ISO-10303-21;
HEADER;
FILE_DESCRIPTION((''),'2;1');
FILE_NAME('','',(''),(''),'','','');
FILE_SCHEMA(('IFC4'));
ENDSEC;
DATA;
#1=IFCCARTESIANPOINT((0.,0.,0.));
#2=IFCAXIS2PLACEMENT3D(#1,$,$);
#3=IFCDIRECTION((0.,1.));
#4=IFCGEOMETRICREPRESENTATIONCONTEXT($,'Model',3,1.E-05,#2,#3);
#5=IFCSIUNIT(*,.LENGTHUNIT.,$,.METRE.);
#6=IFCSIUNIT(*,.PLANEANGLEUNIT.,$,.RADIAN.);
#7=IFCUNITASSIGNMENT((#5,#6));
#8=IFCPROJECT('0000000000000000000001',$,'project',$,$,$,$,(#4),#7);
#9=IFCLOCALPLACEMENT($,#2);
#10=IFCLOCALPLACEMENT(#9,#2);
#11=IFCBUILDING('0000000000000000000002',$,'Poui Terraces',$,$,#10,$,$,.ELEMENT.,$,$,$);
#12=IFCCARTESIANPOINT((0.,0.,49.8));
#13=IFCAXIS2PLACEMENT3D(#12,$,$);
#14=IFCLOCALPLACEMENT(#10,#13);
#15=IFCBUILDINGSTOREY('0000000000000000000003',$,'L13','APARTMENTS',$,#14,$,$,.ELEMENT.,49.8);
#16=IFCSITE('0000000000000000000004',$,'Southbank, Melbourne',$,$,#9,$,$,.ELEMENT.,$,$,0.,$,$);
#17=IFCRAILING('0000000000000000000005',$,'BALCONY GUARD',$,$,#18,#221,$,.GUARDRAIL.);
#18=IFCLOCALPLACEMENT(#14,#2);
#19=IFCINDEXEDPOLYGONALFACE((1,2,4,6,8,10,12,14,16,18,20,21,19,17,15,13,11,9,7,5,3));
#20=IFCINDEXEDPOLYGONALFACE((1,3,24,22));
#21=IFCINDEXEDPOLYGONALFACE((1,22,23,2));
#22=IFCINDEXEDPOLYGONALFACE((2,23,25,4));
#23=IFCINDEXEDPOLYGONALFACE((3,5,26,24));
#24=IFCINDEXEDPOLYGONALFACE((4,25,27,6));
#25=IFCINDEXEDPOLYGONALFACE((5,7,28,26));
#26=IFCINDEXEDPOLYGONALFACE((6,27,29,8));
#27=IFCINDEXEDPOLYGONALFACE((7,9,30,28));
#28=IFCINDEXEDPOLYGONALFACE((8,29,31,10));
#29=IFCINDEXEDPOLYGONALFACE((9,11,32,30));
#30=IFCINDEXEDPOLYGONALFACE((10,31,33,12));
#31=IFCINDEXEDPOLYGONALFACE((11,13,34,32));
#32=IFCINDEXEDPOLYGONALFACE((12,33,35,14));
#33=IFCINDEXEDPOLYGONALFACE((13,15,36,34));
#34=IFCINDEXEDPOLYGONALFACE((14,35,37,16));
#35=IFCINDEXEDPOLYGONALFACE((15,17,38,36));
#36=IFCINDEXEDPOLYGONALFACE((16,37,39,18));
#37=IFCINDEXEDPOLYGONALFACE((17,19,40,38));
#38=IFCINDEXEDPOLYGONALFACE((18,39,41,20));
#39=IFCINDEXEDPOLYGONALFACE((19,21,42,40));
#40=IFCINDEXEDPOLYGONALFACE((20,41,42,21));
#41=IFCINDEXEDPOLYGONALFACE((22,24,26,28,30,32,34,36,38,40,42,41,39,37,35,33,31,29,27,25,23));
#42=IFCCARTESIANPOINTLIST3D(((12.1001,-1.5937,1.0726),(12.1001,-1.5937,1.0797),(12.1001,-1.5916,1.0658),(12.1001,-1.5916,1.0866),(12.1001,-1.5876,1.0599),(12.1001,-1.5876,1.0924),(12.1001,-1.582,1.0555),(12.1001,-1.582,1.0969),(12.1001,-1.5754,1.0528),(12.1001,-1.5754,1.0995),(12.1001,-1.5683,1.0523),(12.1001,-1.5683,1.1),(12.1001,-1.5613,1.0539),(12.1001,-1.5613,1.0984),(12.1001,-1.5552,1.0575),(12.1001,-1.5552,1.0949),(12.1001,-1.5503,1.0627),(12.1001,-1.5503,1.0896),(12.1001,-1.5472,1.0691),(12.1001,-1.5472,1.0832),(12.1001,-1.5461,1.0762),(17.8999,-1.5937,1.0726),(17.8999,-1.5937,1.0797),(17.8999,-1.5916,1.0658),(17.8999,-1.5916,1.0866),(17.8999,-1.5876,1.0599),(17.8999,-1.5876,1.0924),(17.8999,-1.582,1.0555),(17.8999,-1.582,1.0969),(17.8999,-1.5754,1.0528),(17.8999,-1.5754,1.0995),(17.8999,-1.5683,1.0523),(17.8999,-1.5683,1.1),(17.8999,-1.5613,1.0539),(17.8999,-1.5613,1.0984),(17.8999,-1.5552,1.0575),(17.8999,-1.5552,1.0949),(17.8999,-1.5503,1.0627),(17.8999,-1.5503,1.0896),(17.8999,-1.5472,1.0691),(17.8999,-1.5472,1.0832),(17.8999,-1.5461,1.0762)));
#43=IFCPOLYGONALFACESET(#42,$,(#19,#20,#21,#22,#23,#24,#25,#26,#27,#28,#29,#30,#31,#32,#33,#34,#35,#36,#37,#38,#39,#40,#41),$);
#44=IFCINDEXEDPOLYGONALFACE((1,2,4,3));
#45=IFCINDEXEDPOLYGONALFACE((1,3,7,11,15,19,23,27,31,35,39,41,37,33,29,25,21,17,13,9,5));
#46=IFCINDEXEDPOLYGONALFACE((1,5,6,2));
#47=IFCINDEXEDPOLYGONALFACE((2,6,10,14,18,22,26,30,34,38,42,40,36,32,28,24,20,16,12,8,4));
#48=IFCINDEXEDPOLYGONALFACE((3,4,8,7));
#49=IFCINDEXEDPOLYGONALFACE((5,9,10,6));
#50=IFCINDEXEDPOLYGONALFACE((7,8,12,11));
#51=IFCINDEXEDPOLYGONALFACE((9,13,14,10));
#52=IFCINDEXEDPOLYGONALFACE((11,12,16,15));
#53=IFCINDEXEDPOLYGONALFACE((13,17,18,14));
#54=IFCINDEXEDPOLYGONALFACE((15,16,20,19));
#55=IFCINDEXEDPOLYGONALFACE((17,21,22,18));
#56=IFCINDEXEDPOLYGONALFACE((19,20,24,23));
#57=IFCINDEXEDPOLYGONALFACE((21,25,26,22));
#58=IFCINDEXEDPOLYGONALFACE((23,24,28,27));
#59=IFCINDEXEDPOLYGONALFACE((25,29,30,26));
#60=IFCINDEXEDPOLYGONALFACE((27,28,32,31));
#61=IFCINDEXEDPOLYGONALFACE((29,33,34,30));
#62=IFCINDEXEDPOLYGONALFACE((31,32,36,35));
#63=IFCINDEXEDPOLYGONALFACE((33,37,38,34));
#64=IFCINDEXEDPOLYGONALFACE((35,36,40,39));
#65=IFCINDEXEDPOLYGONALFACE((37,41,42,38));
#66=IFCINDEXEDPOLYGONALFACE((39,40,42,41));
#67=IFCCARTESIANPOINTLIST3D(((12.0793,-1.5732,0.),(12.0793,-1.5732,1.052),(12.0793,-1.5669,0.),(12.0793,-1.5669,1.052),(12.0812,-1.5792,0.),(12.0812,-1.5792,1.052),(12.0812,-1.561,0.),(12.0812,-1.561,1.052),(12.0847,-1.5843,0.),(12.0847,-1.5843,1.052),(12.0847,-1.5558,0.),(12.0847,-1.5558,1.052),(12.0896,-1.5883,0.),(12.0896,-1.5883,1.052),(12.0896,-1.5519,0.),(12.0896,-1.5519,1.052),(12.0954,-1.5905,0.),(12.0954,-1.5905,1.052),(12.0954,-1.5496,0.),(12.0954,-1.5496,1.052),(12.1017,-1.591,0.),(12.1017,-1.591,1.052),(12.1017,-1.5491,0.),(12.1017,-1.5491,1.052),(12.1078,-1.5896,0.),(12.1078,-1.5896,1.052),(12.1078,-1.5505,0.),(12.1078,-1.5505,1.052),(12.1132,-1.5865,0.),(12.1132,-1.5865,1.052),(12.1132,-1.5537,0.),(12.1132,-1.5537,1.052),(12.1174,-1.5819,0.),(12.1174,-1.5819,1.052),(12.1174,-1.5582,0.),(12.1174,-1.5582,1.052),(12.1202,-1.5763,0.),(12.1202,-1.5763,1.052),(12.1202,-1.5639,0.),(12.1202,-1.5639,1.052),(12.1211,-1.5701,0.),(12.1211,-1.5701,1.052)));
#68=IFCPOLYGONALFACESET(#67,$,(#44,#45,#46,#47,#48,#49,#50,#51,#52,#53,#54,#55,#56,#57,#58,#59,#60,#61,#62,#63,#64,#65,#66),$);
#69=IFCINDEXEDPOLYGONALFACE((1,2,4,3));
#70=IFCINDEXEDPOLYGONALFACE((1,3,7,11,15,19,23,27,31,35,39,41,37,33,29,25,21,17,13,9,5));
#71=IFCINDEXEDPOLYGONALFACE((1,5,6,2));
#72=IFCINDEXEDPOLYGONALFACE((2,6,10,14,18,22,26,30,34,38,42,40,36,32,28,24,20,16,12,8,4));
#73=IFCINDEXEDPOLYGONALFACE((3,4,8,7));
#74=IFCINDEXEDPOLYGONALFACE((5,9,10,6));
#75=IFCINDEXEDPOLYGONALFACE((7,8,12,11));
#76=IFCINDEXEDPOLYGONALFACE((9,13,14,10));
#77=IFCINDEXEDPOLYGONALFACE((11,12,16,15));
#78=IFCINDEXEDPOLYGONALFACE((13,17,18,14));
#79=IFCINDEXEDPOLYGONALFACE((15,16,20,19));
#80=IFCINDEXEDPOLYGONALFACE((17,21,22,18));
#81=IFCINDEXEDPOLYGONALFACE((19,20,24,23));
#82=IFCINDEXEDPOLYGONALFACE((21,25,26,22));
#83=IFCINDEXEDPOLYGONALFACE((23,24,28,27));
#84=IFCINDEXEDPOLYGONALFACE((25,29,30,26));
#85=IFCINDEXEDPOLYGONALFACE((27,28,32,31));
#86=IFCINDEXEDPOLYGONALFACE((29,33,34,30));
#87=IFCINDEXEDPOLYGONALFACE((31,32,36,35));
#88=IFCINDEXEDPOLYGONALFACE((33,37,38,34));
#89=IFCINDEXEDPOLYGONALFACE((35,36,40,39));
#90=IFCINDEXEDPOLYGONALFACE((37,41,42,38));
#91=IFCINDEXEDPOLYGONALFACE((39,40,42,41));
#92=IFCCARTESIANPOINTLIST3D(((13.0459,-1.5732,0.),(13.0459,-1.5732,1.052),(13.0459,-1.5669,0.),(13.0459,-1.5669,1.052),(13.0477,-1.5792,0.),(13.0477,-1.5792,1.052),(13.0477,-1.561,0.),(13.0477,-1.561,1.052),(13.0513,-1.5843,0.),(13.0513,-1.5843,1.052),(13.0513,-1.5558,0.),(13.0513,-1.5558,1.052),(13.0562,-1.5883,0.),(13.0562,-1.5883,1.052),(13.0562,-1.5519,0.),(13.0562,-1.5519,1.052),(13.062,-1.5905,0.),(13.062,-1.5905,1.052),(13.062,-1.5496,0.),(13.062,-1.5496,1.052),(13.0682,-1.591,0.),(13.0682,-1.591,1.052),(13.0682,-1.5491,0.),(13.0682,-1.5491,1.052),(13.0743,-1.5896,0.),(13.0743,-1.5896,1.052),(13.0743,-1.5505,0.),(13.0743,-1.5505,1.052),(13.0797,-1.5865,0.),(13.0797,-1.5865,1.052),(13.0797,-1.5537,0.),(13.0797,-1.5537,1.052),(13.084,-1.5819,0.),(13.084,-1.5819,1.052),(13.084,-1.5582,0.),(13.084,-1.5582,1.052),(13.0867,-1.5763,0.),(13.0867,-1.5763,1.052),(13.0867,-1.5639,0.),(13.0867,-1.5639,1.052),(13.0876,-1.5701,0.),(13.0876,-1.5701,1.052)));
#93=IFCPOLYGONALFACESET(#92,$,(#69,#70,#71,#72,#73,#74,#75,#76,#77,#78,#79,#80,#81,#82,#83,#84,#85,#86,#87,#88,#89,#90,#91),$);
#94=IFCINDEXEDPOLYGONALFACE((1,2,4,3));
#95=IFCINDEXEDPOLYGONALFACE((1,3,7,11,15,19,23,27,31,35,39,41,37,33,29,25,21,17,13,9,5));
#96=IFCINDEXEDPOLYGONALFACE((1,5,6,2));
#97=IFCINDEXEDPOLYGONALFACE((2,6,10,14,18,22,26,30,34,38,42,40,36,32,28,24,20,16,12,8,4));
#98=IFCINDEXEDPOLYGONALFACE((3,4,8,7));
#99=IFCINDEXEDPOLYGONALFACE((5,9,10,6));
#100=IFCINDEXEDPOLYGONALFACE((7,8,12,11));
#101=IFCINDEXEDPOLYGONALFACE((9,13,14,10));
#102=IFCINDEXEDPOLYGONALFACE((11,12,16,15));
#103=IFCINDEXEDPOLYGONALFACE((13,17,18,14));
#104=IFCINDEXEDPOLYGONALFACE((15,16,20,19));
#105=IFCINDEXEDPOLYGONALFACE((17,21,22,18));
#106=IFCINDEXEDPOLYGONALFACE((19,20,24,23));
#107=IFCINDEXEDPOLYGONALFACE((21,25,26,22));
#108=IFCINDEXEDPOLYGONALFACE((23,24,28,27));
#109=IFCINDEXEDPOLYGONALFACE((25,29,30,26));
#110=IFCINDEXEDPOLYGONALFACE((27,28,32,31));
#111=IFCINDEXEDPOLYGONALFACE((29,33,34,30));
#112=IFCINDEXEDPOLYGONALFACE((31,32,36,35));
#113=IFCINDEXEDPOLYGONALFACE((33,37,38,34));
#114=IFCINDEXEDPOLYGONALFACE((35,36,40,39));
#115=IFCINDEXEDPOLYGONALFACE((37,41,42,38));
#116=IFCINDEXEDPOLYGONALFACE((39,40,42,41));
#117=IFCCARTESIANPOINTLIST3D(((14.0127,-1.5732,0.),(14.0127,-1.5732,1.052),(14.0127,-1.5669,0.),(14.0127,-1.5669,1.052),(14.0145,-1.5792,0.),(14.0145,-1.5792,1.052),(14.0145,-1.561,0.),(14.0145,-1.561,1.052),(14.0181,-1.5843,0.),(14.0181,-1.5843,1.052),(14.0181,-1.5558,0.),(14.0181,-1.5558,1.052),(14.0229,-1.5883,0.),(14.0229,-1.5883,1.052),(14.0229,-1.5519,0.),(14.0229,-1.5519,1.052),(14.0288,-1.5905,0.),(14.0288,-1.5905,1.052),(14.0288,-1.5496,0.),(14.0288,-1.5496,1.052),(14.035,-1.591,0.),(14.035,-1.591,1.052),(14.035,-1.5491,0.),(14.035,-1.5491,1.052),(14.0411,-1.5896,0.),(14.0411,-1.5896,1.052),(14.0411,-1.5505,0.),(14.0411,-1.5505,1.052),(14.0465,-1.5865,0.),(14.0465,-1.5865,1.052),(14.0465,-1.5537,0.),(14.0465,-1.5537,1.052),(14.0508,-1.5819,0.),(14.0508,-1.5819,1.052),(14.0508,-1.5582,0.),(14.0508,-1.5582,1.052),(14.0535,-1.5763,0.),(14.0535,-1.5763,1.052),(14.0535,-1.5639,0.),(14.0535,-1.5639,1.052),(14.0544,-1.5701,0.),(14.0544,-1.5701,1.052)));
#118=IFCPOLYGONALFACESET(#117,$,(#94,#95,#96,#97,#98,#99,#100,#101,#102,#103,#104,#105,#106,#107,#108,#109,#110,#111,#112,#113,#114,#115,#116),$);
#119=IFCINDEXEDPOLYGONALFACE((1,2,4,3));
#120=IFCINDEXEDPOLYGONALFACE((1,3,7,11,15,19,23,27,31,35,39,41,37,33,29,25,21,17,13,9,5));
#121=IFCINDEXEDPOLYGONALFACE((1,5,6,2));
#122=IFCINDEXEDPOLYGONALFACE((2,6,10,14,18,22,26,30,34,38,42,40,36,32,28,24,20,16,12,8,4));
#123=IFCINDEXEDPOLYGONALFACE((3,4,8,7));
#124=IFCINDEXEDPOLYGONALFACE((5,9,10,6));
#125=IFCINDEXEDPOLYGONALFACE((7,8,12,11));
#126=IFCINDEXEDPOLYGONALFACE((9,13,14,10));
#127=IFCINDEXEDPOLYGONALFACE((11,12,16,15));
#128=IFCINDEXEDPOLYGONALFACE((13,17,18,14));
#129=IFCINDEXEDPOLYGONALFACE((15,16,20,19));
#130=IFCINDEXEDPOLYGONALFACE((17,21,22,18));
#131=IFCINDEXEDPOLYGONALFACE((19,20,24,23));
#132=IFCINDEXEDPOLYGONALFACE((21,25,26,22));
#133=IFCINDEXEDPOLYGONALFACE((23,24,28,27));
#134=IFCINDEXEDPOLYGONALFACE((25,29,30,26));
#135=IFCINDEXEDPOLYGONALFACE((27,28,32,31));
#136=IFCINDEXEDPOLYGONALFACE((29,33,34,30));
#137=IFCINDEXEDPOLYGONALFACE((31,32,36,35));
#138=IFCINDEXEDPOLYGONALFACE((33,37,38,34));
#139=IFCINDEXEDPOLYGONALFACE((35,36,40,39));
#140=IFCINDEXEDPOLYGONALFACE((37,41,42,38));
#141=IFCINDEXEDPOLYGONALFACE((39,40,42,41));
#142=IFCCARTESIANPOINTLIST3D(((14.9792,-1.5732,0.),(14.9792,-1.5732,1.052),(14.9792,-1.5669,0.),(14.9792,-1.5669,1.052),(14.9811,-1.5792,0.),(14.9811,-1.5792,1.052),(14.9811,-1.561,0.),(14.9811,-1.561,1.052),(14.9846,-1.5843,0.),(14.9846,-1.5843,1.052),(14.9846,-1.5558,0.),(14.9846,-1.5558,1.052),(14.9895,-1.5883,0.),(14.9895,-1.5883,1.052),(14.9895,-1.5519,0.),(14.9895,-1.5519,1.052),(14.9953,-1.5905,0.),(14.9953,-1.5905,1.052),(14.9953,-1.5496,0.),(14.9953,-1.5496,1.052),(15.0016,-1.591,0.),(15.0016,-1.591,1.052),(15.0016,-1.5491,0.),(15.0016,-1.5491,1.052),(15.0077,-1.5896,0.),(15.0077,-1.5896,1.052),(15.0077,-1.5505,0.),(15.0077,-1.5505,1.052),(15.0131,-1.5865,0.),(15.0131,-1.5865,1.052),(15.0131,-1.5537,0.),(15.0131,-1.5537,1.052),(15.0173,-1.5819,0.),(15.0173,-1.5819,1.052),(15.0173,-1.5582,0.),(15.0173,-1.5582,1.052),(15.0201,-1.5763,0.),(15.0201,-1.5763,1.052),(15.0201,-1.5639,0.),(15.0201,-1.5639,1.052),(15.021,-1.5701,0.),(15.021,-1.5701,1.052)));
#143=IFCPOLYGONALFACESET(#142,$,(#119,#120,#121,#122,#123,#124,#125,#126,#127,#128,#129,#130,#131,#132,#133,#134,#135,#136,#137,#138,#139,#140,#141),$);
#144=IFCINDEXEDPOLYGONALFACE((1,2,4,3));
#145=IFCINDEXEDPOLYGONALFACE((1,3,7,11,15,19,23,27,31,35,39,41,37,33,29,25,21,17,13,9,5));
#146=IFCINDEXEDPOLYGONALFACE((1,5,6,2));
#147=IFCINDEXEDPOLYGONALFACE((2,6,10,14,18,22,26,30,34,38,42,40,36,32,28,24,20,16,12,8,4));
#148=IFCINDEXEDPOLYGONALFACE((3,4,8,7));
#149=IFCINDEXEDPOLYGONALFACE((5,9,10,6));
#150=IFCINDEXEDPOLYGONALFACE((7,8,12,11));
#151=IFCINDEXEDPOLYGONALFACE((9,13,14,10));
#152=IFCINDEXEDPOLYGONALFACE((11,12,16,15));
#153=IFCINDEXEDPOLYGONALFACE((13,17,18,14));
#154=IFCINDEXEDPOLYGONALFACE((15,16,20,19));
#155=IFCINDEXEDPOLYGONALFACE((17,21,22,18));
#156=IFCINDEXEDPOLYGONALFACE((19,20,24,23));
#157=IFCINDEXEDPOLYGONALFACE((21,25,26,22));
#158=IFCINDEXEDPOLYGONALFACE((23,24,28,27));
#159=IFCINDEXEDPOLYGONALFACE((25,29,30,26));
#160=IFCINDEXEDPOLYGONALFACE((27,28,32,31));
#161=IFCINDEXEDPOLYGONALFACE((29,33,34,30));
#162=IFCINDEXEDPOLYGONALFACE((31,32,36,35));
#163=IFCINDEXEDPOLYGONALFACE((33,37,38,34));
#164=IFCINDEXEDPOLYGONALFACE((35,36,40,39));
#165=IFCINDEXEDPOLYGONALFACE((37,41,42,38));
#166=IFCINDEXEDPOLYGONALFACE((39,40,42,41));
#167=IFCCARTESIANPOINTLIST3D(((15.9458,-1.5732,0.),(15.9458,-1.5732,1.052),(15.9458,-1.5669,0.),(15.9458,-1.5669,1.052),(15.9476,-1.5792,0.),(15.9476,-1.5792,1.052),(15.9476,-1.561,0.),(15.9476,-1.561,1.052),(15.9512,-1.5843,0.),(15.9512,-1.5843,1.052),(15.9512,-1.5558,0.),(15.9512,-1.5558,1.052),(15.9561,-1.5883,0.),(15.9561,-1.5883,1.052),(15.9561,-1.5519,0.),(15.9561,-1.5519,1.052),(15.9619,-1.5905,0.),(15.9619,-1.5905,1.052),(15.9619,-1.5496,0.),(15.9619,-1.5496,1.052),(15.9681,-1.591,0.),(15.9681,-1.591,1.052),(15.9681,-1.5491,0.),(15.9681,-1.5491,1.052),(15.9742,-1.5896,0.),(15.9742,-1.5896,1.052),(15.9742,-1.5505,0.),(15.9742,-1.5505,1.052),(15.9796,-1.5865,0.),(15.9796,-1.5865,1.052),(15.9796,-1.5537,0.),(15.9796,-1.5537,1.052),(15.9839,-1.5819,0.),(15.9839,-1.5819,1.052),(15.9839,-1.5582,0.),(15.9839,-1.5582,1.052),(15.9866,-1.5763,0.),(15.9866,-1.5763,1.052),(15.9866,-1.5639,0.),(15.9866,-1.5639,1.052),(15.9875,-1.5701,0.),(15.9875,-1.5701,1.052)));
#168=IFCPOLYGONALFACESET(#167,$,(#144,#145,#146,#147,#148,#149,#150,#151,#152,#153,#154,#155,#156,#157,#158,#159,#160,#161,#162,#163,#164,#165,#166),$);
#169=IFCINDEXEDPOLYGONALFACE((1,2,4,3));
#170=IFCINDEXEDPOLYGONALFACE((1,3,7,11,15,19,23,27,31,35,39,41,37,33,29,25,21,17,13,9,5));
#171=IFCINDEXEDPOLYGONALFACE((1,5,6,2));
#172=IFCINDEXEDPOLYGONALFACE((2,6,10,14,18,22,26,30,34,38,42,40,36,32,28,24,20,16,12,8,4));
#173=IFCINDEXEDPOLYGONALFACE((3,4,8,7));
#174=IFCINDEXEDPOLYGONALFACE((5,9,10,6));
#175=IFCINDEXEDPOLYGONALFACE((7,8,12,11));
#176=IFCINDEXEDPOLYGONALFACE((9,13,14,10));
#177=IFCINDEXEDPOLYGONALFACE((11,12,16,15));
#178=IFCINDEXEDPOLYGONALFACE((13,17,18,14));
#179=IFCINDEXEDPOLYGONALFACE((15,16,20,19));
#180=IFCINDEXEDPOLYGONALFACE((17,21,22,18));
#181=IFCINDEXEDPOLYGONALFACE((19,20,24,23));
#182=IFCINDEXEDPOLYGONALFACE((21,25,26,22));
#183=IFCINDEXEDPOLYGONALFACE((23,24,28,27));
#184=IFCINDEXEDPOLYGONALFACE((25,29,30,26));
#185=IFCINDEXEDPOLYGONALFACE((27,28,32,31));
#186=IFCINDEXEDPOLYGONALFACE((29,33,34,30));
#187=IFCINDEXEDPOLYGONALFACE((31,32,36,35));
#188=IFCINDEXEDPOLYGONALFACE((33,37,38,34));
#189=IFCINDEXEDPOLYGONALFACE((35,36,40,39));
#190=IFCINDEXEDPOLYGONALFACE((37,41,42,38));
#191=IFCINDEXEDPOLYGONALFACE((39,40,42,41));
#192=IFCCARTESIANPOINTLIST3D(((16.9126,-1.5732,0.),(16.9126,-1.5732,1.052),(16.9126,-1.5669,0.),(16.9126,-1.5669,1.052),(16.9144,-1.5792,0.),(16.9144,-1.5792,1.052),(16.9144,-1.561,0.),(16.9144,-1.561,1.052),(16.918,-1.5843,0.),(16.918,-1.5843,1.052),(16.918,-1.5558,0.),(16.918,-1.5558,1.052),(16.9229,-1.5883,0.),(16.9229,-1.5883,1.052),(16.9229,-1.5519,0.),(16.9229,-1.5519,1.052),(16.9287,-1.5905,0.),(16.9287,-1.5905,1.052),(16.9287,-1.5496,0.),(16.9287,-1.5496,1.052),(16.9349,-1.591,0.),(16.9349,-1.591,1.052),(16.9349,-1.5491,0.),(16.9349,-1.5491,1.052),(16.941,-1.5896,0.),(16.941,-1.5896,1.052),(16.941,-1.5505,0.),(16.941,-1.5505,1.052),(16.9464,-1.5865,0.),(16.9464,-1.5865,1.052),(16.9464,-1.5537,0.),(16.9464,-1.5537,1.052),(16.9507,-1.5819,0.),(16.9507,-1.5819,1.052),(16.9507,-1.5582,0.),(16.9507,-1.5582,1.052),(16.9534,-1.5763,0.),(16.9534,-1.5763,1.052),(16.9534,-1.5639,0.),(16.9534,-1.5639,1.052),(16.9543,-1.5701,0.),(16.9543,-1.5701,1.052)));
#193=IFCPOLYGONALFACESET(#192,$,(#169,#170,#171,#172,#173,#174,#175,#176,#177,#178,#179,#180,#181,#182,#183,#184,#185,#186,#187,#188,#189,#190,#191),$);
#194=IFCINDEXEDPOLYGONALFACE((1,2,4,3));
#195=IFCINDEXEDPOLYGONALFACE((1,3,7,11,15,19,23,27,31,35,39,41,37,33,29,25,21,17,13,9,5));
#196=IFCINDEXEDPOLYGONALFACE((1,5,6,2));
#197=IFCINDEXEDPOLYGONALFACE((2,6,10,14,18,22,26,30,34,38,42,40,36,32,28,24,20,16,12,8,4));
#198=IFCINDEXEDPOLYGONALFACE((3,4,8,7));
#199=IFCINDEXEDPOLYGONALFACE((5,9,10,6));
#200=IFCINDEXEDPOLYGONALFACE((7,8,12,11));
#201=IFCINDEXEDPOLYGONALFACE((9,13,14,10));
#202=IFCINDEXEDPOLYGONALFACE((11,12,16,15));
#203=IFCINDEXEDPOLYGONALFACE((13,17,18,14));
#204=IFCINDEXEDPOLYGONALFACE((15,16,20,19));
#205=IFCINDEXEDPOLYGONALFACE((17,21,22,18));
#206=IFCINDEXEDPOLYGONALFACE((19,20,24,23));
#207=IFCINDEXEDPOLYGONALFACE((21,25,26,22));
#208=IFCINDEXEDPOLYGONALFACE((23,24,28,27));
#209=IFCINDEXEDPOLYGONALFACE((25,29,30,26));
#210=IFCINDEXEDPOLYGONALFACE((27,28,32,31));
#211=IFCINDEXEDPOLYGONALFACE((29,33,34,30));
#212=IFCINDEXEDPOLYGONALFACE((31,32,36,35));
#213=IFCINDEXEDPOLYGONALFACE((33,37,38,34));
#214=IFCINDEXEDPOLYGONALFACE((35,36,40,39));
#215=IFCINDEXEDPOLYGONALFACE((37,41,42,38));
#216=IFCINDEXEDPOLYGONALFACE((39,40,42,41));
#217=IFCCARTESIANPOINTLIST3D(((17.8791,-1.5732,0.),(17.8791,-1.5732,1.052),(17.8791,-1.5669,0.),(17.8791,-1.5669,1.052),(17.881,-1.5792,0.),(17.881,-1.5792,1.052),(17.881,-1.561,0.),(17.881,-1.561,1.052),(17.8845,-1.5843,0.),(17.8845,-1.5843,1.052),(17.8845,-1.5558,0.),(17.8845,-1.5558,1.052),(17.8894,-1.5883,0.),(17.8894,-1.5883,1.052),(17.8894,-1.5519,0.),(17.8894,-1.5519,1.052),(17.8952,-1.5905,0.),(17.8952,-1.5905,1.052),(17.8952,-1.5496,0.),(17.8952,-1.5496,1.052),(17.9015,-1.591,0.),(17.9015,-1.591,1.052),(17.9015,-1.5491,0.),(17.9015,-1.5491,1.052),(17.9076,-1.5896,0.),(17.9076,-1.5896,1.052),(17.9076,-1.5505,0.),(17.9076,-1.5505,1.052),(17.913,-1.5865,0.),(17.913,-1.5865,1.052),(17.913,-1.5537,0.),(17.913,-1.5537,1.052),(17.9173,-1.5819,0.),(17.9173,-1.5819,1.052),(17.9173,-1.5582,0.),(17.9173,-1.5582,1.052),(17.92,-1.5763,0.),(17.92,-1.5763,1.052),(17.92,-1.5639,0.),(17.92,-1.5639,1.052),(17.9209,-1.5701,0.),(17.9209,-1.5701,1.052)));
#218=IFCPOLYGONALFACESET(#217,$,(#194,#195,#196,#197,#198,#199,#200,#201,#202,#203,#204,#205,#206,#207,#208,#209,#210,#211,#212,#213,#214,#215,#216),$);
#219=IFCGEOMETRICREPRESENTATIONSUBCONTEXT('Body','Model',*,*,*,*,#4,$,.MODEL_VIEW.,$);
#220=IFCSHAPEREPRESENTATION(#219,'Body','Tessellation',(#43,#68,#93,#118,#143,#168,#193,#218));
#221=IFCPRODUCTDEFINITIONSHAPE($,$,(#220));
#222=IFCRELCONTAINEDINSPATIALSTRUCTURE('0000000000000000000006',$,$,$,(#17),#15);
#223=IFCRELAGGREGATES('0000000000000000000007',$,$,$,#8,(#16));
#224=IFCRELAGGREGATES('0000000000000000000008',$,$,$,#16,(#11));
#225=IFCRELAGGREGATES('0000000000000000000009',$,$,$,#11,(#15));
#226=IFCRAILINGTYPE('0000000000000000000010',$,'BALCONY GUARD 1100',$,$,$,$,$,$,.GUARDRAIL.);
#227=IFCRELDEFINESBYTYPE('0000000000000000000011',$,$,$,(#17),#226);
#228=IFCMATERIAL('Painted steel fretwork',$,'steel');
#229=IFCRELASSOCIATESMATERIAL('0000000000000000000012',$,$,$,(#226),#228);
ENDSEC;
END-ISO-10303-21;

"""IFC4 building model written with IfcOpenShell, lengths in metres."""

from ifc_helpers import new_model, si_unit, direction, frame, origin, origin_2d, place, context, subcontext, project, spatial, circle, extrude, material, type_object, element, save


model = new_model("IFC4")

# Units and contexts
model_context = context("Model", 3, precision=1e-05, world=origin(), true_north=direction((0.0, 1.0)))
body_context = subcontext(model_context, "Body", "Model", "MODEL_VIEW")
ifc_project = project(units=[si_unit("LENGTHUNIT", "METRE"), si_unit("PLANEANGLEUNIT", "RADIAN")], contexts=[model_context])

# Site, building, storey
site_placement = place(None, origin())
site = spatial("IfcSite", under=ifc_project, at=site_placement, Name="Southbank, Melbourne", CompositionType="ELEMENT", RefElevation=0.0)
building_placement = place(site_placement, origin())
building = spatial("IfcBuilding", under=site, at=building_placement, Name="Poui Terraces", CompositionType="ELEMENT")
storey_placement = place(building_placement, frame((0.0, 0.0, 49.8)))
storey = spatial("IfcBuildingStorey", under=building, at=storey_placement, Name="L13", Description="APARTMENTS", CompositionType="ELEMENT", Elevation=49.8)

# Railing
ifc_material_1 = material(Name="Painted steel fretwork", Category="steel")
railing_type = type_object("IfcRailingType", Name="BALCONY GUARD 1100", PredefinedType="GUARDRAIL", material=ifc_material_1)
railing_placement = place(storey_placement, frame((12.1001, -1.5701, 0.0)))
element("IfcRailing", 1, at=railing_placement, inside=storey, type_object=railing_type, Name="BALCONY GUARD", PredefinedType="GUARDRAIL", context=body_context, shape_type="SweptSolid", body=[
    extrude(circle(Radius=0.0239, at=origin_2d()), frame((0.0, 0.0, 1.0762), z_axis=(1.0, 0.0, 0.0), x_axis=(0.0, 1.0, 0.0)), (0.0, 0.0, 1.0), 5.7998),
    extrude(circle(Radius=0.021, at=origin_2d()), origin(), (0.0, 0.0, 1.0), 1.052),
    extrude(circle(Radius=0.021, at=origin_2d()), frame((0.9666, 0.0, 0.0)), (0.0, 0.0, 1.0), 1.052),
    extrude(circle(Radius=0.021, at=origin_2d()), frame((1.9333, 0.0, 0.0)), (0.0, 0.0, 1.0), 1.052),
    extrude(circle(Radius=0.021, at=origin_2d()), frame((2.8999, 0.0, 0.0)), (0.0, 0.0, 1.0), 1.052),
    extrude(circle(Radius=0.021, at=origin_2d()), frame((3.8665, 0.0, 0.0)), (0.0, 0.0, 1.0), 1.052),
    extrude(circle(Radius=0.021, at=origin_2d()), frame((4.8333, 0.0, 0.0)), (0.0, 0.0, 1.0), 1.052),
    extrude(circle(Radius=0.021, at=origin_2d()), frame((5.7998, 0.0, 0.0)), (0.0, 0.0, 1.0), 1.052),
])

save(model, "model.ifc")
